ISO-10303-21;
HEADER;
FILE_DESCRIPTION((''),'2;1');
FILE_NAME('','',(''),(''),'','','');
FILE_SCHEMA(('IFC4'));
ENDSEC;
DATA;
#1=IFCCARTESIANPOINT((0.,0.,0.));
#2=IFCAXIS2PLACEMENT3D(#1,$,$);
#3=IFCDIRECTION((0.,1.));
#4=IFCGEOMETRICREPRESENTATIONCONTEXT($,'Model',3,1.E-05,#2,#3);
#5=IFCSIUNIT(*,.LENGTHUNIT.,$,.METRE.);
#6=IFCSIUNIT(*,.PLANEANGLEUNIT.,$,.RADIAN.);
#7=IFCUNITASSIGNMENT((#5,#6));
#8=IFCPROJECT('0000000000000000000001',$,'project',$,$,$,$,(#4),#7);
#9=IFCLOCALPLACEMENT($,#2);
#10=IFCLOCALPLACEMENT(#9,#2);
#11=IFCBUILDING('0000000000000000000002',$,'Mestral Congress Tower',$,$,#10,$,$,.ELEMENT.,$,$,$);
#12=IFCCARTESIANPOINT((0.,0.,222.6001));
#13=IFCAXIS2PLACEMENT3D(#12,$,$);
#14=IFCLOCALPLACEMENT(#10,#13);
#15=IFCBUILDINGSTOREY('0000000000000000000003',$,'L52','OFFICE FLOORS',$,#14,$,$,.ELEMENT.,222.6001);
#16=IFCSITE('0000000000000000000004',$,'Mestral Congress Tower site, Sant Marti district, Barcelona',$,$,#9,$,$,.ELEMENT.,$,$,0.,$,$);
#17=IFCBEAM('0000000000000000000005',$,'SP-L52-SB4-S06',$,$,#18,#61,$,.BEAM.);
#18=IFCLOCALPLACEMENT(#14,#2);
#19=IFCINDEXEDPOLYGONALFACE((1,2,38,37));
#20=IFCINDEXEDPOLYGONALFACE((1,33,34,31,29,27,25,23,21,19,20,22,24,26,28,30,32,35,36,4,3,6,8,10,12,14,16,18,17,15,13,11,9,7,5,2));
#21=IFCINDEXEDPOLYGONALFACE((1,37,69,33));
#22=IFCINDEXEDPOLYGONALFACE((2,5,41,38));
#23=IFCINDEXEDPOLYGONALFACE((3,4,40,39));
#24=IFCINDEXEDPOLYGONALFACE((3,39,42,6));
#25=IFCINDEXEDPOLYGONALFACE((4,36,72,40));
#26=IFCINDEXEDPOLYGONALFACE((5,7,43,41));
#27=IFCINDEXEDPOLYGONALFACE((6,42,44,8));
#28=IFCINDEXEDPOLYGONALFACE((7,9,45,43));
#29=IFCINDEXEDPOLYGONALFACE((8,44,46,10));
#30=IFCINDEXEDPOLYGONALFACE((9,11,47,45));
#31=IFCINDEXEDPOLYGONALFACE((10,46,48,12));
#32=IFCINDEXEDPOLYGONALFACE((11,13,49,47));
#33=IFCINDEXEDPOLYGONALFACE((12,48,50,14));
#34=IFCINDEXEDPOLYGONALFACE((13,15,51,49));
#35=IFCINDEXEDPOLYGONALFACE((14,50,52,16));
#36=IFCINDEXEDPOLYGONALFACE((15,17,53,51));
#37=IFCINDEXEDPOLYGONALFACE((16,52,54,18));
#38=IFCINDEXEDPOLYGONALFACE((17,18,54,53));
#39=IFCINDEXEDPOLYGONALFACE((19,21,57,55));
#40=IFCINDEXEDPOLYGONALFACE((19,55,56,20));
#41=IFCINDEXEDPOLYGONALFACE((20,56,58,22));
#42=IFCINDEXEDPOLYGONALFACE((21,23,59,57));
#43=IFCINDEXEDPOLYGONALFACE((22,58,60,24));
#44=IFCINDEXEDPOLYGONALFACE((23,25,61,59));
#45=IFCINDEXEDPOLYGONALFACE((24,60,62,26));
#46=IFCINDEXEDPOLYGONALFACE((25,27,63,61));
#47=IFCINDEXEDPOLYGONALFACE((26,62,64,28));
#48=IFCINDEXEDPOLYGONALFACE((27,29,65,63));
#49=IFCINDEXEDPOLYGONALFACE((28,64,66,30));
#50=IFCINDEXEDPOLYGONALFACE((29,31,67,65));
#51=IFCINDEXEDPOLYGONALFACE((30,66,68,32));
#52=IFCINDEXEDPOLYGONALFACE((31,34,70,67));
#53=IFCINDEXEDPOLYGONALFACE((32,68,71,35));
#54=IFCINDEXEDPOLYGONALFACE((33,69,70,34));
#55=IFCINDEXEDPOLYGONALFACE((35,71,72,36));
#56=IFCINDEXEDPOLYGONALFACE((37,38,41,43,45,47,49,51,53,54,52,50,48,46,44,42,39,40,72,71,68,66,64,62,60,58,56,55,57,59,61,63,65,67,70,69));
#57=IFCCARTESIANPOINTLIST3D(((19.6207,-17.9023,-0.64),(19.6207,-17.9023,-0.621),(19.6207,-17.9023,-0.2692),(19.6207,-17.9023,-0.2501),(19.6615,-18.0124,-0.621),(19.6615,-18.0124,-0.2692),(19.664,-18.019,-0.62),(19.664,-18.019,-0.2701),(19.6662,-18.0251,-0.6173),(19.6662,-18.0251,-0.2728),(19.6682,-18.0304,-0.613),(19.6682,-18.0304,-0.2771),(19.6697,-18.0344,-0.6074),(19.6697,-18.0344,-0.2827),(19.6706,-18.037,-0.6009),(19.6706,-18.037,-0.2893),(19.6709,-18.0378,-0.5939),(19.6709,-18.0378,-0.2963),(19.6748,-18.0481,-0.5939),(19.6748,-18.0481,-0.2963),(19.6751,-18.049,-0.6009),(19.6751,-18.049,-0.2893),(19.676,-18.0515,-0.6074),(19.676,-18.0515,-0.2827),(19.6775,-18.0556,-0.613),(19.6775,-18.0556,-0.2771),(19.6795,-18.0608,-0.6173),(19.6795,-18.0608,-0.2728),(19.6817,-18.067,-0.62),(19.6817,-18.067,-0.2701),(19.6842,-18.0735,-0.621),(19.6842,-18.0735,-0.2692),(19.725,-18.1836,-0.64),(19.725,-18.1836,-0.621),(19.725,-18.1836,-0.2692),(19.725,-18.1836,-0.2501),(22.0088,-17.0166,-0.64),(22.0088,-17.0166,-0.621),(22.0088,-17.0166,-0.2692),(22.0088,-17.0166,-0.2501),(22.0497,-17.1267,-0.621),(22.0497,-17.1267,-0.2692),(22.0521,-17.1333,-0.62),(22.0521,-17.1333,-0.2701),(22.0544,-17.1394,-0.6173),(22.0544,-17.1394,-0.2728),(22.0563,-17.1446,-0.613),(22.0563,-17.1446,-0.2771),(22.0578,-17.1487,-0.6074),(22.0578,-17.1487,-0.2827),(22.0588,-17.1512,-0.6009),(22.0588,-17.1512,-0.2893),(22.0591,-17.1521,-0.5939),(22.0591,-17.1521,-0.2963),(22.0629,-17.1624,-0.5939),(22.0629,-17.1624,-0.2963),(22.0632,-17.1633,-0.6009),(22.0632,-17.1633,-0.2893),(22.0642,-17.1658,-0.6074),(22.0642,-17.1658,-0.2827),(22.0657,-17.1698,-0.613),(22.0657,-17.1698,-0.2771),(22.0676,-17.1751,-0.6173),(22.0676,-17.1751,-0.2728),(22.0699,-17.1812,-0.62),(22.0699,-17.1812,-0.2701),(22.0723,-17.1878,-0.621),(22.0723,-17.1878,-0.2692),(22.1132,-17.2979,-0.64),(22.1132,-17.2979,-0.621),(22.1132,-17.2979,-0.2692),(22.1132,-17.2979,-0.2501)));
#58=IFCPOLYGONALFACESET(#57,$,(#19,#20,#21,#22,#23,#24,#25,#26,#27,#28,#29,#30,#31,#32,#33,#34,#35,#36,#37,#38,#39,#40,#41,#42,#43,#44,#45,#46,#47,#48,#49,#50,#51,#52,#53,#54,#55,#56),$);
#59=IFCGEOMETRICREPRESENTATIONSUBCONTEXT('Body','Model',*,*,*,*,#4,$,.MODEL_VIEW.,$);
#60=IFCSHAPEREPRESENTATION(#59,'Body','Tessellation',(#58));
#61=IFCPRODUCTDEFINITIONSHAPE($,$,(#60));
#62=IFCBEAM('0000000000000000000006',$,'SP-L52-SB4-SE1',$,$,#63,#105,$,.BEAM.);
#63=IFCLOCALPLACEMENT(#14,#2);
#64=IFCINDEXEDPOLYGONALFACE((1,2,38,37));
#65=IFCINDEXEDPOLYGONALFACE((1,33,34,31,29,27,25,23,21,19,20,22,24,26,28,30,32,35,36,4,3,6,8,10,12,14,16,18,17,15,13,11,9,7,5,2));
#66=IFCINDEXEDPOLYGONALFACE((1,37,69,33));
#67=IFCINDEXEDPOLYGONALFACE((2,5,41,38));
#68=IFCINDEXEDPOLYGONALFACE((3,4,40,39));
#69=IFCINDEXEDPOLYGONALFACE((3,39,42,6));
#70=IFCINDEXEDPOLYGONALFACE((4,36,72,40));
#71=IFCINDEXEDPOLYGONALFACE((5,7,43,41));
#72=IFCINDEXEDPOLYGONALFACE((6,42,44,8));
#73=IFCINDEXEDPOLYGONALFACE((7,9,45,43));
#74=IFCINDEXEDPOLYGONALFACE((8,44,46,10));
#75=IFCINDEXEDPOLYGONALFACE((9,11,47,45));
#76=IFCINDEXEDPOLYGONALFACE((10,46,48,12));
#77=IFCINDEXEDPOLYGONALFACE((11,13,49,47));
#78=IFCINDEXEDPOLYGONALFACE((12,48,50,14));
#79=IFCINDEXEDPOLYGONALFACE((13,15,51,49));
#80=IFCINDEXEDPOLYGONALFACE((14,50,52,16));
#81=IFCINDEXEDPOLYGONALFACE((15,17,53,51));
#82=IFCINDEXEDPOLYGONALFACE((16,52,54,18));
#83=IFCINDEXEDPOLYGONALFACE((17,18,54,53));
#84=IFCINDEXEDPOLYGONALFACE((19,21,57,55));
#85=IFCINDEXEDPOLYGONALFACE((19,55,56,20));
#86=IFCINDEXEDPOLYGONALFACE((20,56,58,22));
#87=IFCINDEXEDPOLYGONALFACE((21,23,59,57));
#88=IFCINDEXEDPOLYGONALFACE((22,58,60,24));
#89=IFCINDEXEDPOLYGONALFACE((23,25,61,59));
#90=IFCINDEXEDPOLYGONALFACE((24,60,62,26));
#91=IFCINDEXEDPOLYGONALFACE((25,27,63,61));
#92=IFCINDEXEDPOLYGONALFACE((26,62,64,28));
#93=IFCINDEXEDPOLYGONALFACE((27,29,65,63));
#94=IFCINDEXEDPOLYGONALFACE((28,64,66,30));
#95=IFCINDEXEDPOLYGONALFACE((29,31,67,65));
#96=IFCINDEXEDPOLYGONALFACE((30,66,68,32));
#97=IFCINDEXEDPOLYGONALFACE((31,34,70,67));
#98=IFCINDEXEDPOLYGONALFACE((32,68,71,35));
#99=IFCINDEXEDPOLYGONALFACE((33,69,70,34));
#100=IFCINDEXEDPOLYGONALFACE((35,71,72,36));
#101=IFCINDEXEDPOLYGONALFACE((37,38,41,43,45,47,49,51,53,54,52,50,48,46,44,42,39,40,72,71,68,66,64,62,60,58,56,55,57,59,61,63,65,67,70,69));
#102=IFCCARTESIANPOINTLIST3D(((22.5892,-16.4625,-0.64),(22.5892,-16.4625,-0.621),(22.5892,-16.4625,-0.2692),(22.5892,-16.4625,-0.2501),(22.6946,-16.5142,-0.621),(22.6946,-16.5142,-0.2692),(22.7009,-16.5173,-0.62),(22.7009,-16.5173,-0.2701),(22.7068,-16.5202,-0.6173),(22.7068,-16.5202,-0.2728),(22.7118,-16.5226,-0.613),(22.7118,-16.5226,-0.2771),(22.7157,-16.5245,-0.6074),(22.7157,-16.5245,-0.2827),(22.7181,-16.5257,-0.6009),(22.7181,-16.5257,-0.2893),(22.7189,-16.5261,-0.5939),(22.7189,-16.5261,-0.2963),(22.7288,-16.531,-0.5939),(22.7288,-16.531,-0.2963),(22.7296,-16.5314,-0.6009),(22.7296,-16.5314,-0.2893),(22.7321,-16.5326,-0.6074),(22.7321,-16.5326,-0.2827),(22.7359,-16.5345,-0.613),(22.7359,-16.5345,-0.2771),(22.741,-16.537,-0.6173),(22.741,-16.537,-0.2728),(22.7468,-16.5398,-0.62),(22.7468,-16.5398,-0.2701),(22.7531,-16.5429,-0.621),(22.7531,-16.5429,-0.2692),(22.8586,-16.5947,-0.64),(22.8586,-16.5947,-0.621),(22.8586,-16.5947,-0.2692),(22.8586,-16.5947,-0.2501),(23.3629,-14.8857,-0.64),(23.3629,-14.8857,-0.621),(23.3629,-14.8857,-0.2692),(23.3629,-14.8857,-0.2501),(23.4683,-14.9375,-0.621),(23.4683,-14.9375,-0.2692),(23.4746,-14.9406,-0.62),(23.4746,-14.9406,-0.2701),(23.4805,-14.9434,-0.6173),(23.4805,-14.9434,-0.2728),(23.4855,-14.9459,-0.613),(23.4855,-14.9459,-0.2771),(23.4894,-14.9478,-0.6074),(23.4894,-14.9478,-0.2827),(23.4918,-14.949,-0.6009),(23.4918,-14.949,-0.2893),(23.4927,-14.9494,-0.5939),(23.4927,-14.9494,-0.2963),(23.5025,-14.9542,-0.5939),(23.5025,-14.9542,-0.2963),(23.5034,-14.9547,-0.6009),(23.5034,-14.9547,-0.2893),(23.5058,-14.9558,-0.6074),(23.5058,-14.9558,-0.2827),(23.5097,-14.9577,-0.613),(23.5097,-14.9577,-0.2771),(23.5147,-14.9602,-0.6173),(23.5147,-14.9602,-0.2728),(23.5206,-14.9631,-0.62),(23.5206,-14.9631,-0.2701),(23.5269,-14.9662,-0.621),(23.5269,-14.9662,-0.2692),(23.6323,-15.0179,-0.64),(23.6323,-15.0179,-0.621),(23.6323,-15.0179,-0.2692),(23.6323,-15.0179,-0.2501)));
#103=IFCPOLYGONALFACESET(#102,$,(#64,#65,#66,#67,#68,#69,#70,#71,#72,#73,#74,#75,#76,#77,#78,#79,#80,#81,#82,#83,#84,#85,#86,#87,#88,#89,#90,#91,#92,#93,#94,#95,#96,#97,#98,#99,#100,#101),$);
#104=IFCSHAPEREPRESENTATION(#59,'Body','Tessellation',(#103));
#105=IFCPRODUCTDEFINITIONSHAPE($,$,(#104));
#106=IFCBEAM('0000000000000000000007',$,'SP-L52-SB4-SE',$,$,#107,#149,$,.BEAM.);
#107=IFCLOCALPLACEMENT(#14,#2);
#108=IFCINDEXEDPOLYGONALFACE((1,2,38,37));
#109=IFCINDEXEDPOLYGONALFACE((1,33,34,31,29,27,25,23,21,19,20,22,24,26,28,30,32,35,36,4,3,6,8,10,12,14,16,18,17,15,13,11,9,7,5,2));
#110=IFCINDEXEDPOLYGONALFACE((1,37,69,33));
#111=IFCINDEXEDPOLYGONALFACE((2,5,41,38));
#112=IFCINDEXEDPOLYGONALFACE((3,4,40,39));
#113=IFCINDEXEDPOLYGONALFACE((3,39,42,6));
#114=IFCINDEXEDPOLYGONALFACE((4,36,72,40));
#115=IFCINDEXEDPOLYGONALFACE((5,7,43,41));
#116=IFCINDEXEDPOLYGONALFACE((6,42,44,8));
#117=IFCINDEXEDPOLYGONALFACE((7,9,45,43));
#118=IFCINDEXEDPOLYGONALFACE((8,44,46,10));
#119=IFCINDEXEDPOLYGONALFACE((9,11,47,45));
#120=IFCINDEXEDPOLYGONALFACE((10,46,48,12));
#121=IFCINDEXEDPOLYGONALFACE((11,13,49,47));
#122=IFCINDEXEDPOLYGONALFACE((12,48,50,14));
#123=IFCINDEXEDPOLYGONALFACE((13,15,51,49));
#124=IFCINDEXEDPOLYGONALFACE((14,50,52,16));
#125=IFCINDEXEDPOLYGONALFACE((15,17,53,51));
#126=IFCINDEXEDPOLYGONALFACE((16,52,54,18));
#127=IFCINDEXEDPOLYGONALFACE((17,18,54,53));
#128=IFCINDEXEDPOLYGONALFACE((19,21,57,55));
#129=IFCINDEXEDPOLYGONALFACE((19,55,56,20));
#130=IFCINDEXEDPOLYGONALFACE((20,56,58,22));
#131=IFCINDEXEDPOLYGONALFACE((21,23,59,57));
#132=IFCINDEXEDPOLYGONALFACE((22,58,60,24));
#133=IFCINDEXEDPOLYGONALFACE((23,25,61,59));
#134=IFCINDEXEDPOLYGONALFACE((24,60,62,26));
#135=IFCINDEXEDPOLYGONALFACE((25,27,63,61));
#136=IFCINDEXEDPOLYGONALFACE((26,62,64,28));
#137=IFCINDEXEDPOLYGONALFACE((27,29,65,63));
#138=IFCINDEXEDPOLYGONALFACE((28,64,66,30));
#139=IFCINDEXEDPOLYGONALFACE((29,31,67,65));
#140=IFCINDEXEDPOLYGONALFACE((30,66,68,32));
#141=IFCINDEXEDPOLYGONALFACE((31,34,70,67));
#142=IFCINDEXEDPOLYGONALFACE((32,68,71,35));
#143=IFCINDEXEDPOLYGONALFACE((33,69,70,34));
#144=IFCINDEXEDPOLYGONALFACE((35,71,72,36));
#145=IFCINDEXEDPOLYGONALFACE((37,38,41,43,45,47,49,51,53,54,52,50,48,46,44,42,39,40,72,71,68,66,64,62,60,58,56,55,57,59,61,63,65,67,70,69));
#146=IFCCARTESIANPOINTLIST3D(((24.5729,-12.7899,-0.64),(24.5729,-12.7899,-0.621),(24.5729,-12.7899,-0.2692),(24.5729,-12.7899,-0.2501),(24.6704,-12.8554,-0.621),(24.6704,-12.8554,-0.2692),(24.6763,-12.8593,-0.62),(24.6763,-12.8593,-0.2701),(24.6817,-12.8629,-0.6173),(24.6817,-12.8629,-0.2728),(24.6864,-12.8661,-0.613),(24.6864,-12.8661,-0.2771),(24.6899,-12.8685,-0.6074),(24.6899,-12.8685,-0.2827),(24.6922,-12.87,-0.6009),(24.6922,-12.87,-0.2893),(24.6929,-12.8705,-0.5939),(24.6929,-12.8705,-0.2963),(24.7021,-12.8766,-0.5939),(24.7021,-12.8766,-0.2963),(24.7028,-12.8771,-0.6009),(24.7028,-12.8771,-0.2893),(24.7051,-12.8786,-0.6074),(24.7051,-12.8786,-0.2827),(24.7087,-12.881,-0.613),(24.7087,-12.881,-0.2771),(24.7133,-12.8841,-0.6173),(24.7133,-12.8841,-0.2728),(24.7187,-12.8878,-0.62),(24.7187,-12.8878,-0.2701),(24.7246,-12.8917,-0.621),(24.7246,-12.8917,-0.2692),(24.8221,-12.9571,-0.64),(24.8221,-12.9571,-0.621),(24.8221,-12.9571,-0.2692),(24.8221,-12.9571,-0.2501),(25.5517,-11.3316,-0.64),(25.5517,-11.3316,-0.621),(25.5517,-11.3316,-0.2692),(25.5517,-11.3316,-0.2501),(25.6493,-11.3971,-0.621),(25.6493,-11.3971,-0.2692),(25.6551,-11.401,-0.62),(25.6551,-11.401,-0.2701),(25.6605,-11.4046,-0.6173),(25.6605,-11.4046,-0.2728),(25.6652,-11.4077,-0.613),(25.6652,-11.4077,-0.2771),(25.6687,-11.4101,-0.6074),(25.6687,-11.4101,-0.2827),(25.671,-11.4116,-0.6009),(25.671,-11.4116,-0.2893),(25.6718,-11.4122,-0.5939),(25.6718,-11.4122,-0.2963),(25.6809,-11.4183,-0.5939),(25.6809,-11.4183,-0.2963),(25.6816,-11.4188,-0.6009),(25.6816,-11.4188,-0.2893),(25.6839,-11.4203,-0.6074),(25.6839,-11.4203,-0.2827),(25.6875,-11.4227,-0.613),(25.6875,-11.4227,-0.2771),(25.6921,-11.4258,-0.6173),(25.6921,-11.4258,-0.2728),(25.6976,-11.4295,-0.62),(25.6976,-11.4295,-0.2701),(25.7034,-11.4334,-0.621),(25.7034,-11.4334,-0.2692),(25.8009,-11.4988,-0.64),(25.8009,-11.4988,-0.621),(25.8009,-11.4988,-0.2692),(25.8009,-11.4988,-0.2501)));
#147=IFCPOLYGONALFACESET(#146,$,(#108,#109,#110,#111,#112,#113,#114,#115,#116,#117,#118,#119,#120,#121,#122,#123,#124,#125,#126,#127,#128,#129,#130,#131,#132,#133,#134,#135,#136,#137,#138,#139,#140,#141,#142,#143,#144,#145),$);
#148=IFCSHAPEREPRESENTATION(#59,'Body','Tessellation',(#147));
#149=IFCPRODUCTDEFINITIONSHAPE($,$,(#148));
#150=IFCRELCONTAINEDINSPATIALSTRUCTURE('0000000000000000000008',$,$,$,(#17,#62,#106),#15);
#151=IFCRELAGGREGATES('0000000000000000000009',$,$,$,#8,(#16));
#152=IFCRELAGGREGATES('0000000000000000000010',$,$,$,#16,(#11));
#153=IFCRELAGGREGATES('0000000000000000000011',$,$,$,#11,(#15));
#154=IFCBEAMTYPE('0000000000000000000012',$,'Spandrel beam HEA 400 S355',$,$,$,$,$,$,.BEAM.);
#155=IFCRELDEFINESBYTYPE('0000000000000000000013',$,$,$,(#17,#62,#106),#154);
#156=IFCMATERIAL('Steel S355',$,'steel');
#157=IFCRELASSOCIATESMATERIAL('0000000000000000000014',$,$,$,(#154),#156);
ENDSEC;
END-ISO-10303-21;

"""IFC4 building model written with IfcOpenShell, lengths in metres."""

from ifc_helpers import new_model, si_unit, direction, frame, origin, origin_2d, place, context, subcontext, project, spatial, i_section, extrude, material, material_profile, profile_set, type_object, element, save


model = new_model("IFC4")

# Units and contexts
model_context = context("Model", 3, precision=1e-05, world=origin(), true_north=direction((0.0, 1.0)))
body_context = subcontext(model_context, "Body", "Model", "MODEL_VIEW")
ifc_project = project(units=[si_unit("LENGTHUNIT", "METRE"), si_unit("PLANEANGLEUNIT", "RADIAN")], contexts=[model_context])

# Site, building, storey
site_placement = place(None, origin())
site = spatial("IfcSite", under=ifc_project, at=site_placement, Name="Mestral Congress Tower site, Sant Marti district, Barcelona", CompositionType="ELEMENT", RefElevation=0.0)
building_placement = place(site_placement, origin())
building = spatial("IfcBuilding", under=site, at=building_placement, Name="Mestral Congress Tower", CompositionType="ELEMENT")
storey_placement = place(building_placement, frame((0.0, 0.0, 222.6001)))
storey = spatial("IfcBuildingStorey", under=building, at=storey_placement, Name="L52", Description="OFFICE FLOORS", CompositionType="ELEMENT", Elevation=222.6001)

# Beams
ifc_material_1 = material(Name="Steel S355", Category="steel")
ifc_material_profile_1 = material_profile(ifc_material_1, i_section(OverallWidth=0.3, OverallDepth=0.3899, WebThickness=0.011, FlangeThickness=0.019, FilletRadius=0.0271, at=origin_2d()), Name="HEA 400")
ifc_profile_set_1 = profile_set([ifc_material_profile_1], Name="Steel S355")
beam_type_1 = type_object("IfcBeamType", Name="Spandrel beam HEA 400 S355", PredefinedType="BEAM", material=ifc_profile_set_1)
beam_1_placement = place(storey_placement, frame((19.6729, -18.043, -0.4451), z_axis=(0.937591, 0.347739, 0.0), x_axis=(-0.347739, 0.937591, 0.0)))
element("IfcBeam", 1, at=beam_1_placement, inside=storey, type_object=beam_type_1, Name="SP-L52-SB4-S06", PredefinedType="BEAM", context=body_context, shape_type="SweptSolid", body=[
    extrude(i_section(OverallWidth=0.3, OverallDepth=0.3899, WebThickness=0.011, FlangeThickness=0.019, FilletRadius=0.0271, at=origin_2d()), origin(), (0.0, 0.0, 1.0), 2.5471),
])
for number, where, z_axis, x_axis, name in (
    (2, (22.7239, -16.5286, -0.4451), (0.440529, 0.897739, 0.0), (-0.897739, 0.440529, 0.0), "SP-L52-SB4-SE1"),
    (3, (24.6975, -12.8735, -0.4451), (0.557296, 0.830314, 0.0), (-0.830314, 0.557296, 0.0), "SP-L52-SB4-SE"),
):
    element("IfcBeam", number, at=place(storey_placement, frame(where, z_axis=z_axis, x_axis=x_axis)), inside=storey, type_object=beam_type_1, Name=name, PredefinedType="BEAM", context=body_context, shape_type="SweptSolid", body=[
        extrude(i_section(OverallWidth=0.3, OverallDepth=0.3899, WebThickness=0.011, FlangeThickness=0.019, FilletRadius=0.0271, at=origin_2d()), origin(), (0.0, 0.0, 1.0), 1.7563),
    ])

save(model, "model.ifc")
